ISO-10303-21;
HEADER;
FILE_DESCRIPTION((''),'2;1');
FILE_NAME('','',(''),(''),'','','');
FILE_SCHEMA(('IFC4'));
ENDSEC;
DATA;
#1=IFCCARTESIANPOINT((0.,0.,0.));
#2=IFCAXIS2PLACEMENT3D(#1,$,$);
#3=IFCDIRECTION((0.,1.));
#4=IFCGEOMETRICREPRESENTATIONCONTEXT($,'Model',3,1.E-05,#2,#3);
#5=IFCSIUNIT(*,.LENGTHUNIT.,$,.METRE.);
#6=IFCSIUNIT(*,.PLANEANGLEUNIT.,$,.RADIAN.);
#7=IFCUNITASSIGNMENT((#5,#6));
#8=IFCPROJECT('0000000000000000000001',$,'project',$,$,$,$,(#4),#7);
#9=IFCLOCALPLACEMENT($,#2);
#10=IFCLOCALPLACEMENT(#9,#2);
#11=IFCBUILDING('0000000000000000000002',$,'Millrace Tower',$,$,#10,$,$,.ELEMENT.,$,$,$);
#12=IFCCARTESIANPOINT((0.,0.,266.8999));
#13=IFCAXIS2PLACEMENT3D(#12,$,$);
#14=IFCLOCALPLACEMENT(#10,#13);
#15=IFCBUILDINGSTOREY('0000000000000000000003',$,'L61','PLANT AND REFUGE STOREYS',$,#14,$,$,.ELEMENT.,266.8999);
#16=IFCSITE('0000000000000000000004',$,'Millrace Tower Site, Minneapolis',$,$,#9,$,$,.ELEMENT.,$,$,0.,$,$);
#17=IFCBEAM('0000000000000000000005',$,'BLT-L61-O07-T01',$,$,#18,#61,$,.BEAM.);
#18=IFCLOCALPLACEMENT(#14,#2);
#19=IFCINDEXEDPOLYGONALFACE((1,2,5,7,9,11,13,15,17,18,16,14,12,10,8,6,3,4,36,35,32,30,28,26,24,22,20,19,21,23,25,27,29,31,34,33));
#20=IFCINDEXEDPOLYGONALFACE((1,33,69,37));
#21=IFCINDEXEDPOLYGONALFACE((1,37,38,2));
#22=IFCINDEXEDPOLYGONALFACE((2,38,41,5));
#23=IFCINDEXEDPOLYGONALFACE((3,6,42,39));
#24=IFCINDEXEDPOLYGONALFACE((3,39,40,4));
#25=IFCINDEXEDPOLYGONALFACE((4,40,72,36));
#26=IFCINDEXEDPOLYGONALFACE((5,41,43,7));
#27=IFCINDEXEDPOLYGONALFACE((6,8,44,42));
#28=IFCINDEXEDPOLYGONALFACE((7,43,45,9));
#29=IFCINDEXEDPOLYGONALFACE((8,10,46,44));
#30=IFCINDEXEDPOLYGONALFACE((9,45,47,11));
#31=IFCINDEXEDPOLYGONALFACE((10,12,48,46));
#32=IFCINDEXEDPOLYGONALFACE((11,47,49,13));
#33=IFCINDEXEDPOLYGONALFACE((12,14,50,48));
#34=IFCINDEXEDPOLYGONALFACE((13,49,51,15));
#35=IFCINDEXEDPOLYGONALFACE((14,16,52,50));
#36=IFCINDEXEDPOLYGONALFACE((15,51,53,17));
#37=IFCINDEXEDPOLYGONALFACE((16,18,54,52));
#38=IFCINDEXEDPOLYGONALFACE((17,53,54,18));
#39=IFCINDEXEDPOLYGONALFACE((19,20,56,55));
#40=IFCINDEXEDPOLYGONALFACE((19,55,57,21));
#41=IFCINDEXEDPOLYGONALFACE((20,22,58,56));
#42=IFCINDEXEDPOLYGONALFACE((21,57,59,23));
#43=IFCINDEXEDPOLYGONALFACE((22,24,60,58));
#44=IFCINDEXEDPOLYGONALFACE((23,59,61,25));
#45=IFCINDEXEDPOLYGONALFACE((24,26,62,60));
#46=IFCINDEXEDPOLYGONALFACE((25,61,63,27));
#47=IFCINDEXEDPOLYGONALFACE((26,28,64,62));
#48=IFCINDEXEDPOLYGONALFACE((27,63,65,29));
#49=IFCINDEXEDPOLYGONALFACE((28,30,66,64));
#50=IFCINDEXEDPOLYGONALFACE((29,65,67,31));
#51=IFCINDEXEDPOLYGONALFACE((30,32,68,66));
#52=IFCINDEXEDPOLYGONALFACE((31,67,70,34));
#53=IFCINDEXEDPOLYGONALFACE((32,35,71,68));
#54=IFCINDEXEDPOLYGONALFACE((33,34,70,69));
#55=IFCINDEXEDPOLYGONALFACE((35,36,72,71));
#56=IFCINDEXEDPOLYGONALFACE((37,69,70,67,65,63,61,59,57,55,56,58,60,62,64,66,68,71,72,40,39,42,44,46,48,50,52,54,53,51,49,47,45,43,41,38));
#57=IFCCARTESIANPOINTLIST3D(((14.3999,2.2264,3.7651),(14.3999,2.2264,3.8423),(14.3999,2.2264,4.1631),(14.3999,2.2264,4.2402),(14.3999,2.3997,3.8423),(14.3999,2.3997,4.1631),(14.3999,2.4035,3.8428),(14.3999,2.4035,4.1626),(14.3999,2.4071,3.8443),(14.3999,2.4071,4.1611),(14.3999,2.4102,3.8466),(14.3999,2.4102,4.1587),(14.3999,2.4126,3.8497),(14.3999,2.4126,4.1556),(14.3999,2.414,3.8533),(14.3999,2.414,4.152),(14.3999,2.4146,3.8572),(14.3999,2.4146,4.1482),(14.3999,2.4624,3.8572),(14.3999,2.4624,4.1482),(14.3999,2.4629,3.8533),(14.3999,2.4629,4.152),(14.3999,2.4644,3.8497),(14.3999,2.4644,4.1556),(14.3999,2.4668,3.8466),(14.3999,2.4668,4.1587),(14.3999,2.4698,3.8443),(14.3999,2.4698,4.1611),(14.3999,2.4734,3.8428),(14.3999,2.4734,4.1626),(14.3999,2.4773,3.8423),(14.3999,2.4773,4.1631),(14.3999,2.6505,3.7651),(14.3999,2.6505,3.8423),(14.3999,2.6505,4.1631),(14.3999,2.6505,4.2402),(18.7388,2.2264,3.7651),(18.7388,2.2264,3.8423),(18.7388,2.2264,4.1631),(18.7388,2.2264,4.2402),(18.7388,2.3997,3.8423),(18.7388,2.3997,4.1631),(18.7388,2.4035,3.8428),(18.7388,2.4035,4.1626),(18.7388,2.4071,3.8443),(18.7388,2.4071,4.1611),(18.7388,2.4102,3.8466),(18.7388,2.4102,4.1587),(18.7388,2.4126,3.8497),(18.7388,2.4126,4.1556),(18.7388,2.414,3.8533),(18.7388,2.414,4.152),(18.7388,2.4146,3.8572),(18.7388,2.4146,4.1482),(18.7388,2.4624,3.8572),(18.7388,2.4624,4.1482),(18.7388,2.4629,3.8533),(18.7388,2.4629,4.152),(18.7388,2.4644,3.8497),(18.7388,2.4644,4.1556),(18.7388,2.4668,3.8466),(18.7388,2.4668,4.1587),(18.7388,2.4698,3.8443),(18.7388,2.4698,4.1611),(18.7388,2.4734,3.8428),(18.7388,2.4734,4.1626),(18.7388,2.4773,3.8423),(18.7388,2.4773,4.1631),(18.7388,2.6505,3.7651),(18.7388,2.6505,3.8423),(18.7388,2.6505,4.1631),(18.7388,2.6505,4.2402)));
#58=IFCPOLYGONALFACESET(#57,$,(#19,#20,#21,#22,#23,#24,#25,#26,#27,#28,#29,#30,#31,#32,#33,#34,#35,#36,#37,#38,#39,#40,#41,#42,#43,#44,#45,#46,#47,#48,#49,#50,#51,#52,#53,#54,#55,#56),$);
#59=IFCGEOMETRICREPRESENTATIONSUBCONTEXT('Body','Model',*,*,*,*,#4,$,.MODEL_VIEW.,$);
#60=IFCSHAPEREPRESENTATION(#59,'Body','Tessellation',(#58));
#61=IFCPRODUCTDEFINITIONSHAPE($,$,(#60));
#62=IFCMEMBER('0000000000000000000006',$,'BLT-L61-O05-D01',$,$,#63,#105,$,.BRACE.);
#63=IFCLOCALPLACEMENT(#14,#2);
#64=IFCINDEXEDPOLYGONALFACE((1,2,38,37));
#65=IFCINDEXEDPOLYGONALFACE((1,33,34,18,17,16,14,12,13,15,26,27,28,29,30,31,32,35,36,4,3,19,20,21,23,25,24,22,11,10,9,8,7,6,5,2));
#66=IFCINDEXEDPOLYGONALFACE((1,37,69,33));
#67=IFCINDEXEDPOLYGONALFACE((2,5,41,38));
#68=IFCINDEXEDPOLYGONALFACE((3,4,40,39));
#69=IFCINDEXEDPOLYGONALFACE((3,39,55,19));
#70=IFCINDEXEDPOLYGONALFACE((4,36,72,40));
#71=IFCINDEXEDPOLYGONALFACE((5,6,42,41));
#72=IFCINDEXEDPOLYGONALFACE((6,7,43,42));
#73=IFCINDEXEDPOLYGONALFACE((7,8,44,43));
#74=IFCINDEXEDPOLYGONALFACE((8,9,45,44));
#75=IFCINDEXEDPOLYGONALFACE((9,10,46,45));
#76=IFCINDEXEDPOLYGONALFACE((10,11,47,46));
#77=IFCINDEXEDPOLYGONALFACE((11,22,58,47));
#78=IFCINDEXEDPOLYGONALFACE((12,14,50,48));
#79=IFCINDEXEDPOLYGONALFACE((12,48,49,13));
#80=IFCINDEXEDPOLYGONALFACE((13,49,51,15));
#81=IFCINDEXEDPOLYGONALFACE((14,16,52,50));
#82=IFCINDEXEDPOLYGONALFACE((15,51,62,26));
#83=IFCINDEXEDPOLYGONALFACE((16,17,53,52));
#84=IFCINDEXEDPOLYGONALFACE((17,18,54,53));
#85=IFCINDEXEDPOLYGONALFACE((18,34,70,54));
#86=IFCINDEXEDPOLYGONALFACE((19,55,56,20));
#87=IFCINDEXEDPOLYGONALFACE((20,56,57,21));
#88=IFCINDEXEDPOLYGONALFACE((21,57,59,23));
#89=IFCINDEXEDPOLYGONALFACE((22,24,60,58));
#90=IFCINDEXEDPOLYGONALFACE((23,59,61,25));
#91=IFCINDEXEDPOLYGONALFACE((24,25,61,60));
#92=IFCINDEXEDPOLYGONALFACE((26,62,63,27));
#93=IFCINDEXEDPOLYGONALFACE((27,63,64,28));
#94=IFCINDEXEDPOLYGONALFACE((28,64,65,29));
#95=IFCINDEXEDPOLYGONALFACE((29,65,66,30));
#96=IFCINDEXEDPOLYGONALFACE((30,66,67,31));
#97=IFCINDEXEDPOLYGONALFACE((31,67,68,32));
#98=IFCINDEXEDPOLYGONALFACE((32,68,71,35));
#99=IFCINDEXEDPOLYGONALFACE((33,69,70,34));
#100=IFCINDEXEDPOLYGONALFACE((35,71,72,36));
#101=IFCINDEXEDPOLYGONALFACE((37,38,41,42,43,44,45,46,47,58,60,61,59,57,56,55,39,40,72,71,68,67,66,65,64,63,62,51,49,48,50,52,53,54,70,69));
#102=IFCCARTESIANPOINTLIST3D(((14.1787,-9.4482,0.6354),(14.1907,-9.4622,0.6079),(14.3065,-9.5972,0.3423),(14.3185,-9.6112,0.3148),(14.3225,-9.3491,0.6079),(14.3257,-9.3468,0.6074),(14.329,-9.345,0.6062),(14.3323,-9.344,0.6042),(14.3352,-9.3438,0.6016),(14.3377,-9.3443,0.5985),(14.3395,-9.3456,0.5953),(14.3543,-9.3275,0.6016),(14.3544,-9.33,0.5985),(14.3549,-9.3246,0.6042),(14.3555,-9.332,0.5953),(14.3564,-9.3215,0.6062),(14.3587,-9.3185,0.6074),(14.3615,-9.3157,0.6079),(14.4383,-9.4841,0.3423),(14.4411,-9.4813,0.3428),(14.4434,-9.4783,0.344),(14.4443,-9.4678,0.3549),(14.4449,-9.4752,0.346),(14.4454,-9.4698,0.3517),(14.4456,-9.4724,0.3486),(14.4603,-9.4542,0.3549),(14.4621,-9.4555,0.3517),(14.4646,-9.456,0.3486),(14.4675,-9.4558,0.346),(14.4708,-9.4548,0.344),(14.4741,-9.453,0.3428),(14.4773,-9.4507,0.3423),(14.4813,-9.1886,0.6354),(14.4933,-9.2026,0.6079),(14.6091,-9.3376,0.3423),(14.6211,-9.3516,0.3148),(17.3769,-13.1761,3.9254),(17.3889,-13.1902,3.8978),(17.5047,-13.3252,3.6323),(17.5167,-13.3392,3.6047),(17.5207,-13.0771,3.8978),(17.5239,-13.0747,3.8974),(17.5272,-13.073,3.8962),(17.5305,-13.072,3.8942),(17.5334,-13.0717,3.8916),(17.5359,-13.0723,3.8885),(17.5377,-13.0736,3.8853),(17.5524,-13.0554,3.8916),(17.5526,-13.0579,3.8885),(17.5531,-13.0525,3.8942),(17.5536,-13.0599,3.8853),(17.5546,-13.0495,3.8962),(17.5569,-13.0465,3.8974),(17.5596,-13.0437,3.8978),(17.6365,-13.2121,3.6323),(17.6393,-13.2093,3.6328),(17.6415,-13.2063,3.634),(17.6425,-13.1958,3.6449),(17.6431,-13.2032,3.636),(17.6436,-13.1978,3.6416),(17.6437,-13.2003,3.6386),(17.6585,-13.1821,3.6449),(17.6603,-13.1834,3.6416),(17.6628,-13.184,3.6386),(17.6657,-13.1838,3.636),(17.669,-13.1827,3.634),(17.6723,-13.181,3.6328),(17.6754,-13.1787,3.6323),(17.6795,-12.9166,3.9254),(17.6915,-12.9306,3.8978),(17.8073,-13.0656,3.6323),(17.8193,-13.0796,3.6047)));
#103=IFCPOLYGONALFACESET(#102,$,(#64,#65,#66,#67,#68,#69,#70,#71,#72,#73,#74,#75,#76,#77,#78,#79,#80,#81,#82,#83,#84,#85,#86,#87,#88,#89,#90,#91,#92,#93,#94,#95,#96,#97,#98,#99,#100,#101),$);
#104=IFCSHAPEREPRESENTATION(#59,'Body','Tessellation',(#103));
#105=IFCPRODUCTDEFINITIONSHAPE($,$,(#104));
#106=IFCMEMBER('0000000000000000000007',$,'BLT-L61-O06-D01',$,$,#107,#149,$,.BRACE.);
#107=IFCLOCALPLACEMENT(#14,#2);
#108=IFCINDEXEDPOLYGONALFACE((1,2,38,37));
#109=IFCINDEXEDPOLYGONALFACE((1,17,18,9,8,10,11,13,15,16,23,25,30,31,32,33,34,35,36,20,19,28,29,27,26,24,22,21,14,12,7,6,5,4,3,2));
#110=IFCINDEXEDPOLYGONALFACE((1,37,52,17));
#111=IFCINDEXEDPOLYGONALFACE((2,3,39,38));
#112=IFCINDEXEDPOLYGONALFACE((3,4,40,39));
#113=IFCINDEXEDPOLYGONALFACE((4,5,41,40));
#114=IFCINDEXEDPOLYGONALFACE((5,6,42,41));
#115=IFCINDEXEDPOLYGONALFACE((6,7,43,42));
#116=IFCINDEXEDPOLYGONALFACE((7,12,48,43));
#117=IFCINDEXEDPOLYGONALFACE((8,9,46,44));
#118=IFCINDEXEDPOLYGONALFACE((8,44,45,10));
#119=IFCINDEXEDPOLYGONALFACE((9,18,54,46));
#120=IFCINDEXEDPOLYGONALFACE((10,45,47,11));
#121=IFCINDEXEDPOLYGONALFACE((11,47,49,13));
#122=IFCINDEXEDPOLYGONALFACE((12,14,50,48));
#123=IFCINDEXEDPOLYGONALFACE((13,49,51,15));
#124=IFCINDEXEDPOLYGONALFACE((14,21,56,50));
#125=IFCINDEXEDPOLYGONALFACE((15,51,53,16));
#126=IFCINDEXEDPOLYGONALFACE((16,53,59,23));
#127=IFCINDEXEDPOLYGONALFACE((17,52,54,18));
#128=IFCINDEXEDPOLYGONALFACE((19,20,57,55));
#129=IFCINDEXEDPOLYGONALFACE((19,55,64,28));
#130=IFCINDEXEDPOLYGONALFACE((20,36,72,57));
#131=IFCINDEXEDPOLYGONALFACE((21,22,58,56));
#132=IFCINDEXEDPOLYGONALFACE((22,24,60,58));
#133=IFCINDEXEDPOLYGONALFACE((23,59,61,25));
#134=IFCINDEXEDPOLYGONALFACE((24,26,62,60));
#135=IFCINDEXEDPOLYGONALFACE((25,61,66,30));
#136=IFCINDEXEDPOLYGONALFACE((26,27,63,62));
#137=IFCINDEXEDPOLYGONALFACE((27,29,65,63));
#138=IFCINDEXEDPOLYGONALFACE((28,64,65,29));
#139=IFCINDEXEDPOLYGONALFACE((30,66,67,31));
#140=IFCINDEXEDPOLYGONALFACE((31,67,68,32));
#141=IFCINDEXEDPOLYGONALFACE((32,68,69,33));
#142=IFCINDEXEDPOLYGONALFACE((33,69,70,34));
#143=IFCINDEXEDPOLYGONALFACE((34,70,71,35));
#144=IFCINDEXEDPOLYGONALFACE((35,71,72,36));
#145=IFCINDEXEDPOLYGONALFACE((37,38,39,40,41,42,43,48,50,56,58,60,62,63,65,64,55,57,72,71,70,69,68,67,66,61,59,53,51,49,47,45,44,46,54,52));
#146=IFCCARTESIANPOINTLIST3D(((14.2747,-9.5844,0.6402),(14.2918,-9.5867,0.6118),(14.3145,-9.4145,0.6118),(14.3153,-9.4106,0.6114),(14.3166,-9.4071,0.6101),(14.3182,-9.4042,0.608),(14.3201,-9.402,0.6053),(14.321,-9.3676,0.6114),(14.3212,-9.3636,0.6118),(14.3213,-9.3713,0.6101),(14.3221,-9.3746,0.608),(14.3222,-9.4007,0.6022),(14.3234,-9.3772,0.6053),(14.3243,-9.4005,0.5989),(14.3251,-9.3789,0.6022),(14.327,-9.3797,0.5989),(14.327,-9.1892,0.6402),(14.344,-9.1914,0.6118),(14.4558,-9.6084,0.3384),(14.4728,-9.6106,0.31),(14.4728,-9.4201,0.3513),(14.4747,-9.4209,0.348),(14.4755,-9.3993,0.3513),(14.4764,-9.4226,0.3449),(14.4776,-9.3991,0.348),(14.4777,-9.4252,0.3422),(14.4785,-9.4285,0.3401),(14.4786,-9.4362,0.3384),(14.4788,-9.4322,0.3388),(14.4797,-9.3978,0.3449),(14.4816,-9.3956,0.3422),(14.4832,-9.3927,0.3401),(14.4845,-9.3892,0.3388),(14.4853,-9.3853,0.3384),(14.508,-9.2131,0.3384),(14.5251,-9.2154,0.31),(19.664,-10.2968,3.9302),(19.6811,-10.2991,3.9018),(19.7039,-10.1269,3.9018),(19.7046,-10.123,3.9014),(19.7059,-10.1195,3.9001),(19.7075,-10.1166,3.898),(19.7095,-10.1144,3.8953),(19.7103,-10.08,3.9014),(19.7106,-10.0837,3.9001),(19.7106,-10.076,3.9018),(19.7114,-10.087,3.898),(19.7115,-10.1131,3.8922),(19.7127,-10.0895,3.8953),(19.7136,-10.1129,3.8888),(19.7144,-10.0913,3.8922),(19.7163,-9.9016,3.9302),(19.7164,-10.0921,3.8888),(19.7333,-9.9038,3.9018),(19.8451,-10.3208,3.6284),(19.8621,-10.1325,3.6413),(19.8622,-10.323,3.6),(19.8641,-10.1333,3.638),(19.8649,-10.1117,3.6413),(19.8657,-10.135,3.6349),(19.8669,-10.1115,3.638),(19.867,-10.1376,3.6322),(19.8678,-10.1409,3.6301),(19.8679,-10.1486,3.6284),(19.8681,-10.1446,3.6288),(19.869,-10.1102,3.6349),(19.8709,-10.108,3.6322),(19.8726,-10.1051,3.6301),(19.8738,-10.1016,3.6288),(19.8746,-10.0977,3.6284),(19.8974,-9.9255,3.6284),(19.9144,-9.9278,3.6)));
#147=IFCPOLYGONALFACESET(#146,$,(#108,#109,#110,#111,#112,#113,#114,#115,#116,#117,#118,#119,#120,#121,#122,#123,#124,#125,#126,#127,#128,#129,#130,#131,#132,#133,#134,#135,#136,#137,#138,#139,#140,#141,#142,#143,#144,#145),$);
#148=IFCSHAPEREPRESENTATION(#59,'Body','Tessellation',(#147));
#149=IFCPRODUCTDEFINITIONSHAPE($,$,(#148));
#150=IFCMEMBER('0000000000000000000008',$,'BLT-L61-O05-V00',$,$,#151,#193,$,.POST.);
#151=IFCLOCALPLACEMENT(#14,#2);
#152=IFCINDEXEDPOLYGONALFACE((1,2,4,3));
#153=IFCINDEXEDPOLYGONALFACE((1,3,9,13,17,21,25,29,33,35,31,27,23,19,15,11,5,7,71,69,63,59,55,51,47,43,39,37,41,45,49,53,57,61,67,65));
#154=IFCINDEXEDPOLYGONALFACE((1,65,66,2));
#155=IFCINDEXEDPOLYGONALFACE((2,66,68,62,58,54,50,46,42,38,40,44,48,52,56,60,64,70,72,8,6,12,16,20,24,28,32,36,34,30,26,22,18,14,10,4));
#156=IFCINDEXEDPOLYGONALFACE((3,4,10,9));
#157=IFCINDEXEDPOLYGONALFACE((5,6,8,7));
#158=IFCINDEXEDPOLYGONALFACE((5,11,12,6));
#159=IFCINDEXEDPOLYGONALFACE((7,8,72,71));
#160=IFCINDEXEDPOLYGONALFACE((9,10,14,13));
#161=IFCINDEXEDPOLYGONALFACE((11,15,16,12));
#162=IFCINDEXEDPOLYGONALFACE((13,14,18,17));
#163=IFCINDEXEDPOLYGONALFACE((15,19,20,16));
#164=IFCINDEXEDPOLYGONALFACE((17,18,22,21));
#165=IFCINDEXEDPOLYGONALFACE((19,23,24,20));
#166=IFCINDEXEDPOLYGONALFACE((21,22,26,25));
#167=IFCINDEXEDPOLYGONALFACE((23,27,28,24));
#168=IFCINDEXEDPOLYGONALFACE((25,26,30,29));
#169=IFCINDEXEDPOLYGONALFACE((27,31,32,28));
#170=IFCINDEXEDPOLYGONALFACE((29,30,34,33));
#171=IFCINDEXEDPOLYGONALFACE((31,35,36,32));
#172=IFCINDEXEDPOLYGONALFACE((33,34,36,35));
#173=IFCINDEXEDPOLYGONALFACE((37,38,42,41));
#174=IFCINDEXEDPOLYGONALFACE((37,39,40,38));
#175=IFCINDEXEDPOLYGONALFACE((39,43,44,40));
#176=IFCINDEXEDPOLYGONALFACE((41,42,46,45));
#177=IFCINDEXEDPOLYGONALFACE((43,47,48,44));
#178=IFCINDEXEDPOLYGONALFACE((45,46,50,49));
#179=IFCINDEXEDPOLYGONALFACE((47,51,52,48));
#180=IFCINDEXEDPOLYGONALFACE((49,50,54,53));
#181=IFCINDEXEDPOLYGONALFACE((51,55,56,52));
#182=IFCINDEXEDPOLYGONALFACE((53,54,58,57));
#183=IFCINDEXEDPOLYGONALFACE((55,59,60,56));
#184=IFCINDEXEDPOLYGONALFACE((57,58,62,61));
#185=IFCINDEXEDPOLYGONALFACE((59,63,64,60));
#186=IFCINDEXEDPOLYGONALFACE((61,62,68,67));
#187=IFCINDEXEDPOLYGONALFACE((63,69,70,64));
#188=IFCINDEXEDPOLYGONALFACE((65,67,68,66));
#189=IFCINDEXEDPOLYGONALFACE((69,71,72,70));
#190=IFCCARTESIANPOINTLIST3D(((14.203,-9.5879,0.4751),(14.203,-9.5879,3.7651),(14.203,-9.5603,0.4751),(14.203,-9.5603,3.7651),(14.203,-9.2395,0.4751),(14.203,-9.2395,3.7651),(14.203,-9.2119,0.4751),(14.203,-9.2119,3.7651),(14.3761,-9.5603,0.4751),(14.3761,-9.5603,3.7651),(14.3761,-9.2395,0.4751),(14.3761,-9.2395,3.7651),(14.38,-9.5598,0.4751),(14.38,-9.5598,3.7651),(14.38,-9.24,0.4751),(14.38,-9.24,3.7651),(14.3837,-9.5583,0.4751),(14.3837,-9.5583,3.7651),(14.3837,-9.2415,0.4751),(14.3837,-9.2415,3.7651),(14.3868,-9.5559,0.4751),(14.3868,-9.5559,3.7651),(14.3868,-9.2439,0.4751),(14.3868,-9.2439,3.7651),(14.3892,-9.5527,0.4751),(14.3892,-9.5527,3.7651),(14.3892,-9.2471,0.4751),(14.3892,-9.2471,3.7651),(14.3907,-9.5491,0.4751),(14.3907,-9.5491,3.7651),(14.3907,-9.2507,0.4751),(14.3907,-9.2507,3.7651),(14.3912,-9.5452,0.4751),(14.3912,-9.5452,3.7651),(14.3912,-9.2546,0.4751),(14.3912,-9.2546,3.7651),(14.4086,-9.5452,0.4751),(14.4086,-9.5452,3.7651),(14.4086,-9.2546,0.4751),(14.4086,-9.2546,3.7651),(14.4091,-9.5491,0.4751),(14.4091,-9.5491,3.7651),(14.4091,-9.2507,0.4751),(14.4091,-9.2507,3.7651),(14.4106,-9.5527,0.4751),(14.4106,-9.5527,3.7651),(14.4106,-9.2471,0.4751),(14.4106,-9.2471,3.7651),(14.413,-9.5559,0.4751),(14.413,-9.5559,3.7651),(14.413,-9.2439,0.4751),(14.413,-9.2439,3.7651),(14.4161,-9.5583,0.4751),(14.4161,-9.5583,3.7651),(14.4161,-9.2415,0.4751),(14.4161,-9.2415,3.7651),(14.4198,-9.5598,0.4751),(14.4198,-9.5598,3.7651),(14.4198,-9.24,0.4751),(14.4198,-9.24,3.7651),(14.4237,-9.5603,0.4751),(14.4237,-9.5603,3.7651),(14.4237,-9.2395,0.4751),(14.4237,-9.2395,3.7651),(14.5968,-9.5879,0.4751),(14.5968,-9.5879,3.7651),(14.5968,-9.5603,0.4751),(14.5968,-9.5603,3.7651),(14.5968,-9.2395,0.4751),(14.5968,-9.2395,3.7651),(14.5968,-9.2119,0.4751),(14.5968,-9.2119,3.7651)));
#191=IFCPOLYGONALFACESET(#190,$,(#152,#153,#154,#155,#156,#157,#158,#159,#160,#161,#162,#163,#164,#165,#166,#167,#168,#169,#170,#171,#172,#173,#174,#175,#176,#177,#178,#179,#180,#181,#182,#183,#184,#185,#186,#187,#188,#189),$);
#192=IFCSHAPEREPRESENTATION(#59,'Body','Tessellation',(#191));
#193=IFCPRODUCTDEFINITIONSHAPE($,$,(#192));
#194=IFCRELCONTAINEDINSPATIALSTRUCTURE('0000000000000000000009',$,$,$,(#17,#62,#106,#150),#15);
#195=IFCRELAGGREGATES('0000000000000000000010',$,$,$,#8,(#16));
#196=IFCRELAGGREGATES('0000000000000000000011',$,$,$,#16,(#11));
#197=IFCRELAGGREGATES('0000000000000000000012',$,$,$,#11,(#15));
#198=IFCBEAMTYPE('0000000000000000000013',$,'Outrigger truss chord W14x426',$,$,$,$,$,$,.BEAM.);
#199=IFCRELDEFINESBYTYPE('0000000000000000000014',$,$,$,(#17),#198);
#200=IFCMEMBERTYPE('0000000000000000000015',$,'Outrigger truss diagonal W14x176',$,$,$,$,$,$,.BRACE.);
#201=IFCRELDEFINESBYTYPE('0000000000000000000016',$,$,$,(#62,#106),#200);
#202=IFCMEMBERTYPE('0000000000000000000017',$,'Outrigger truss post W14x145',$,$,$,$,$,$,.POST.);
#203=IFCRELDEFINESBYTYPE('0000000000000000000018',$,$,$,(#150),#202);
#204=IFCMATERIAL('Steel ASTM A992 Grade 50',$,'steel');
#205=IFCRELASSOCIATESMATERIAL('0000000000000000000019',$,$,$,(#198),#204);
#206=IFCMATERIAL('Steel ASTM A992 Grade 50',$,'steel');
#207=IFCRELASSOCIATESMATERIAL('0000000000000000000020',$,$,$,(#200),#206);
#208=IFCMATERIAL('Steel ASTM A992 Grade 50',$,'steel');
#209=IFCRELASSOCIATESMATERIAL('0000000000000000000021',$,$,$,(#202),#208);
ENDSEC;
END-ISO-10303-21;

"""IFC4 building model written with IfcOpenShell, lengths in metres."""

from ifc_helpers import new_model, si_unit, direction, frame, origin, origin_2d, place, context, subcontext, project, spatial, i_section, extrude, material, material_profile, profile_set, type_object, element, save


model = new_model("IFC4")

# Units and contexts
model_context = context("Model", 3, precision=1e-05, world=origin(), true_north=direction((0.0, 1.0)))
body_context = subcontext(model_context, "Body", "Model", "MODEL_VIEW")
ifc_project = project(units=[si_unit("LENGTHUNIT", "METRE"), si_unit("PLANEANGLEUNIT", "RADIAN")], contexts=[model_context])

# Site, building, storey
site_placement = place(None, origin())
site = spatial("IfcSite", under=ifc_project, at=site_placement, Name="Millrace Tower Site, Minneapolis", CompositionType="ELEMENT", RefElevation=0.0)
building_placement = place(site_placement, origin())
building = spatial("IfcBuilding", under=site, at=building_placement, Name="Millrace Tower", CompositionType="ELEMENT")
storey_placement = place(building_placement, frame((0.0, 0.0, 266.8999)))
storey = spatial("IfcBuildingStorey", under=building, at=storey_placement, Name="L61", Description="PLANT AND REFUGE STOREYS", CompositionType="ELEMENT", Elevation=266.8999)

# Beam
ifc_material_1 = material(Name="Steel ASTM A992 Grade 50", Category="steel")
ifc_material_profile_1 = material_profile(ifc_material_1, i_section(OverallWidth=0.4241, OverallDepth=0.4751, WebThickness=0.0479, FlangeThickness=0.0771, FilletRadius=0.0149, at=origin_2d()))
ifc_profile_set_1 = profile_set([ifc_material_profile_1], Name="Steel ASTM A992 Grade 50")
beam_type_1 = type_object("IfcBeamType", Name="Outrigger truss chord W14x426", PredefinedType="BEAM", material=ifc_profile_set_1)
for number, where, z_axis, x_axis, name in (
    (1, (14.3999, 2.4385, 4.0027), (1.0, 0.0, 0.0), (0.0, 1.0, 0.0), "BLT-L61-O07-T01"),
):
    element("IfcBeam", number, at=place(storey_placement, frame(where, z_axis=z_axis, x_axis=x_axis)), inside=storey, type_object=beam_type_1, Name=name, PredefinedType="BEAM", context=body_context, shape_type="SweptSolid", body=[
        extrude(i_section(OverallWidth=0.4241, OverallDepth=0.4751, WebThickness=0.0479, FlangeThickness=0.0771, FilletRadius=0.0149, at=origin_2d()), origin(), (0.0, 0.0, 1.0), 4.3389),
    ])

# Members
ifc_material_2 = material(Name="Steel ASTM A992 Grade 50", Category="steel")
ifc_material_profile_2 = material_profile(ifc_material_2, i_section(OverallWidth=0.3987, OverallDepth=0.386, WebThickness=0.021, FlangeThickness=0.0332, FilletRadius=0.0151, at=origin_2d()))
ifc_profile_set_2 = profile_set([ifc_material_profile_2], Name="Steel ASTM A992 Grade 50")
member_type_1 = type_object("IfcMemberType", Name="Outrigger truss diagonal W14x176", PredefinedType="BRACE", material=ifc_profile_set_2)
member_1_placement = place(storey_placement, frame((14.3999, -9.3999, 0.4751), z_axis=(0.540978, -0.630591, 0.556505), x_axis=(0.758976, 0.651119, 0.0)))
element("IfcMember", 2, at=member_1_placement, inside=storey, type_object=member_type_1, Name="BLT-L61-O05-D01", PredefinedType="BRACE", context=body_context, shape_type="SweptSolid", body=[
    extrude(i_section(OverallWidth=0.3987, OverallDepth=0.386, WebThickness=0.021, FlangeThickness=0.0332, FilletRadius=0.0151, at=origin_2d()), origin(), (0.0, 0.0, 1.0), 5.9119),
])
member_2_placement = place(storey_placement, frame((14.3999, -9.3999, 0.4751), z_axis=(0.848146, -0.112113, 0.517763), x_axis=(0.131046, 0.991376, 0.0)))
element("IfcMember", 3, at=member_2_placement, inside=storey, type_object=member_type_1, Name="BLT-L61-O06-D01", PredefinedType="BRACE", context=body_context, shape_type="SweptSolid", body=[
    extrude(i_section(OverallWidth=0.3987, OverallDepth=0.386, WebThickness=0.021, FlangeThickness=0.0332, FilletRadius=0.0151, at=origin_2d()), origin(), (0.0, 0.0, 1.0), 6.3542),
])
ifc_material_3 = material(Name="Steel ASTM A992 Grade 50", Category="steel")
ifc_material_profile_3 = material_profile(ifc_material_3, i_section(OverallWidth=0.3938, OverallDepth=0.376, WebThickness=0.0173, FlangeThickness=0.0276, FilletRadius=0.0151, at=origin_2d()))
ifc_profile_set_3 = profile_set([ifc_material_profile_3], Name="Steel ASTM A992 Grade 50")
member_type_2 = type_object("IfcMemberType", Name="Outrigger truss post W14x145", PredefinedType="POST", material=ifc_profile_set_3)
member_3_placement = place(storey_placement, frame((14.3999, -9.3999, 0.4751), z_axis=(0.0, 0.0, 1.0), x_axis=(1.0, 0.0, 0.0)))
element("IfcMember", 4, at=member_3_placement, inside=storey, type_object=member_type_2, Name="BLT-L61-O05-V00", PredefinedType="POST", context=body_context, shape_type="SweptSolid", body=[
    extrude(i_section(OverallWidth=0.3938, OverallDepth=0.376, WebThickness=0.0173, FlangeThickness=0.0276, FilletRadius=0.0151, at=origin_2d()), origin(), (0.0, 0.0, 1.0), 3.29),
])

save(model, "model.ifc")
